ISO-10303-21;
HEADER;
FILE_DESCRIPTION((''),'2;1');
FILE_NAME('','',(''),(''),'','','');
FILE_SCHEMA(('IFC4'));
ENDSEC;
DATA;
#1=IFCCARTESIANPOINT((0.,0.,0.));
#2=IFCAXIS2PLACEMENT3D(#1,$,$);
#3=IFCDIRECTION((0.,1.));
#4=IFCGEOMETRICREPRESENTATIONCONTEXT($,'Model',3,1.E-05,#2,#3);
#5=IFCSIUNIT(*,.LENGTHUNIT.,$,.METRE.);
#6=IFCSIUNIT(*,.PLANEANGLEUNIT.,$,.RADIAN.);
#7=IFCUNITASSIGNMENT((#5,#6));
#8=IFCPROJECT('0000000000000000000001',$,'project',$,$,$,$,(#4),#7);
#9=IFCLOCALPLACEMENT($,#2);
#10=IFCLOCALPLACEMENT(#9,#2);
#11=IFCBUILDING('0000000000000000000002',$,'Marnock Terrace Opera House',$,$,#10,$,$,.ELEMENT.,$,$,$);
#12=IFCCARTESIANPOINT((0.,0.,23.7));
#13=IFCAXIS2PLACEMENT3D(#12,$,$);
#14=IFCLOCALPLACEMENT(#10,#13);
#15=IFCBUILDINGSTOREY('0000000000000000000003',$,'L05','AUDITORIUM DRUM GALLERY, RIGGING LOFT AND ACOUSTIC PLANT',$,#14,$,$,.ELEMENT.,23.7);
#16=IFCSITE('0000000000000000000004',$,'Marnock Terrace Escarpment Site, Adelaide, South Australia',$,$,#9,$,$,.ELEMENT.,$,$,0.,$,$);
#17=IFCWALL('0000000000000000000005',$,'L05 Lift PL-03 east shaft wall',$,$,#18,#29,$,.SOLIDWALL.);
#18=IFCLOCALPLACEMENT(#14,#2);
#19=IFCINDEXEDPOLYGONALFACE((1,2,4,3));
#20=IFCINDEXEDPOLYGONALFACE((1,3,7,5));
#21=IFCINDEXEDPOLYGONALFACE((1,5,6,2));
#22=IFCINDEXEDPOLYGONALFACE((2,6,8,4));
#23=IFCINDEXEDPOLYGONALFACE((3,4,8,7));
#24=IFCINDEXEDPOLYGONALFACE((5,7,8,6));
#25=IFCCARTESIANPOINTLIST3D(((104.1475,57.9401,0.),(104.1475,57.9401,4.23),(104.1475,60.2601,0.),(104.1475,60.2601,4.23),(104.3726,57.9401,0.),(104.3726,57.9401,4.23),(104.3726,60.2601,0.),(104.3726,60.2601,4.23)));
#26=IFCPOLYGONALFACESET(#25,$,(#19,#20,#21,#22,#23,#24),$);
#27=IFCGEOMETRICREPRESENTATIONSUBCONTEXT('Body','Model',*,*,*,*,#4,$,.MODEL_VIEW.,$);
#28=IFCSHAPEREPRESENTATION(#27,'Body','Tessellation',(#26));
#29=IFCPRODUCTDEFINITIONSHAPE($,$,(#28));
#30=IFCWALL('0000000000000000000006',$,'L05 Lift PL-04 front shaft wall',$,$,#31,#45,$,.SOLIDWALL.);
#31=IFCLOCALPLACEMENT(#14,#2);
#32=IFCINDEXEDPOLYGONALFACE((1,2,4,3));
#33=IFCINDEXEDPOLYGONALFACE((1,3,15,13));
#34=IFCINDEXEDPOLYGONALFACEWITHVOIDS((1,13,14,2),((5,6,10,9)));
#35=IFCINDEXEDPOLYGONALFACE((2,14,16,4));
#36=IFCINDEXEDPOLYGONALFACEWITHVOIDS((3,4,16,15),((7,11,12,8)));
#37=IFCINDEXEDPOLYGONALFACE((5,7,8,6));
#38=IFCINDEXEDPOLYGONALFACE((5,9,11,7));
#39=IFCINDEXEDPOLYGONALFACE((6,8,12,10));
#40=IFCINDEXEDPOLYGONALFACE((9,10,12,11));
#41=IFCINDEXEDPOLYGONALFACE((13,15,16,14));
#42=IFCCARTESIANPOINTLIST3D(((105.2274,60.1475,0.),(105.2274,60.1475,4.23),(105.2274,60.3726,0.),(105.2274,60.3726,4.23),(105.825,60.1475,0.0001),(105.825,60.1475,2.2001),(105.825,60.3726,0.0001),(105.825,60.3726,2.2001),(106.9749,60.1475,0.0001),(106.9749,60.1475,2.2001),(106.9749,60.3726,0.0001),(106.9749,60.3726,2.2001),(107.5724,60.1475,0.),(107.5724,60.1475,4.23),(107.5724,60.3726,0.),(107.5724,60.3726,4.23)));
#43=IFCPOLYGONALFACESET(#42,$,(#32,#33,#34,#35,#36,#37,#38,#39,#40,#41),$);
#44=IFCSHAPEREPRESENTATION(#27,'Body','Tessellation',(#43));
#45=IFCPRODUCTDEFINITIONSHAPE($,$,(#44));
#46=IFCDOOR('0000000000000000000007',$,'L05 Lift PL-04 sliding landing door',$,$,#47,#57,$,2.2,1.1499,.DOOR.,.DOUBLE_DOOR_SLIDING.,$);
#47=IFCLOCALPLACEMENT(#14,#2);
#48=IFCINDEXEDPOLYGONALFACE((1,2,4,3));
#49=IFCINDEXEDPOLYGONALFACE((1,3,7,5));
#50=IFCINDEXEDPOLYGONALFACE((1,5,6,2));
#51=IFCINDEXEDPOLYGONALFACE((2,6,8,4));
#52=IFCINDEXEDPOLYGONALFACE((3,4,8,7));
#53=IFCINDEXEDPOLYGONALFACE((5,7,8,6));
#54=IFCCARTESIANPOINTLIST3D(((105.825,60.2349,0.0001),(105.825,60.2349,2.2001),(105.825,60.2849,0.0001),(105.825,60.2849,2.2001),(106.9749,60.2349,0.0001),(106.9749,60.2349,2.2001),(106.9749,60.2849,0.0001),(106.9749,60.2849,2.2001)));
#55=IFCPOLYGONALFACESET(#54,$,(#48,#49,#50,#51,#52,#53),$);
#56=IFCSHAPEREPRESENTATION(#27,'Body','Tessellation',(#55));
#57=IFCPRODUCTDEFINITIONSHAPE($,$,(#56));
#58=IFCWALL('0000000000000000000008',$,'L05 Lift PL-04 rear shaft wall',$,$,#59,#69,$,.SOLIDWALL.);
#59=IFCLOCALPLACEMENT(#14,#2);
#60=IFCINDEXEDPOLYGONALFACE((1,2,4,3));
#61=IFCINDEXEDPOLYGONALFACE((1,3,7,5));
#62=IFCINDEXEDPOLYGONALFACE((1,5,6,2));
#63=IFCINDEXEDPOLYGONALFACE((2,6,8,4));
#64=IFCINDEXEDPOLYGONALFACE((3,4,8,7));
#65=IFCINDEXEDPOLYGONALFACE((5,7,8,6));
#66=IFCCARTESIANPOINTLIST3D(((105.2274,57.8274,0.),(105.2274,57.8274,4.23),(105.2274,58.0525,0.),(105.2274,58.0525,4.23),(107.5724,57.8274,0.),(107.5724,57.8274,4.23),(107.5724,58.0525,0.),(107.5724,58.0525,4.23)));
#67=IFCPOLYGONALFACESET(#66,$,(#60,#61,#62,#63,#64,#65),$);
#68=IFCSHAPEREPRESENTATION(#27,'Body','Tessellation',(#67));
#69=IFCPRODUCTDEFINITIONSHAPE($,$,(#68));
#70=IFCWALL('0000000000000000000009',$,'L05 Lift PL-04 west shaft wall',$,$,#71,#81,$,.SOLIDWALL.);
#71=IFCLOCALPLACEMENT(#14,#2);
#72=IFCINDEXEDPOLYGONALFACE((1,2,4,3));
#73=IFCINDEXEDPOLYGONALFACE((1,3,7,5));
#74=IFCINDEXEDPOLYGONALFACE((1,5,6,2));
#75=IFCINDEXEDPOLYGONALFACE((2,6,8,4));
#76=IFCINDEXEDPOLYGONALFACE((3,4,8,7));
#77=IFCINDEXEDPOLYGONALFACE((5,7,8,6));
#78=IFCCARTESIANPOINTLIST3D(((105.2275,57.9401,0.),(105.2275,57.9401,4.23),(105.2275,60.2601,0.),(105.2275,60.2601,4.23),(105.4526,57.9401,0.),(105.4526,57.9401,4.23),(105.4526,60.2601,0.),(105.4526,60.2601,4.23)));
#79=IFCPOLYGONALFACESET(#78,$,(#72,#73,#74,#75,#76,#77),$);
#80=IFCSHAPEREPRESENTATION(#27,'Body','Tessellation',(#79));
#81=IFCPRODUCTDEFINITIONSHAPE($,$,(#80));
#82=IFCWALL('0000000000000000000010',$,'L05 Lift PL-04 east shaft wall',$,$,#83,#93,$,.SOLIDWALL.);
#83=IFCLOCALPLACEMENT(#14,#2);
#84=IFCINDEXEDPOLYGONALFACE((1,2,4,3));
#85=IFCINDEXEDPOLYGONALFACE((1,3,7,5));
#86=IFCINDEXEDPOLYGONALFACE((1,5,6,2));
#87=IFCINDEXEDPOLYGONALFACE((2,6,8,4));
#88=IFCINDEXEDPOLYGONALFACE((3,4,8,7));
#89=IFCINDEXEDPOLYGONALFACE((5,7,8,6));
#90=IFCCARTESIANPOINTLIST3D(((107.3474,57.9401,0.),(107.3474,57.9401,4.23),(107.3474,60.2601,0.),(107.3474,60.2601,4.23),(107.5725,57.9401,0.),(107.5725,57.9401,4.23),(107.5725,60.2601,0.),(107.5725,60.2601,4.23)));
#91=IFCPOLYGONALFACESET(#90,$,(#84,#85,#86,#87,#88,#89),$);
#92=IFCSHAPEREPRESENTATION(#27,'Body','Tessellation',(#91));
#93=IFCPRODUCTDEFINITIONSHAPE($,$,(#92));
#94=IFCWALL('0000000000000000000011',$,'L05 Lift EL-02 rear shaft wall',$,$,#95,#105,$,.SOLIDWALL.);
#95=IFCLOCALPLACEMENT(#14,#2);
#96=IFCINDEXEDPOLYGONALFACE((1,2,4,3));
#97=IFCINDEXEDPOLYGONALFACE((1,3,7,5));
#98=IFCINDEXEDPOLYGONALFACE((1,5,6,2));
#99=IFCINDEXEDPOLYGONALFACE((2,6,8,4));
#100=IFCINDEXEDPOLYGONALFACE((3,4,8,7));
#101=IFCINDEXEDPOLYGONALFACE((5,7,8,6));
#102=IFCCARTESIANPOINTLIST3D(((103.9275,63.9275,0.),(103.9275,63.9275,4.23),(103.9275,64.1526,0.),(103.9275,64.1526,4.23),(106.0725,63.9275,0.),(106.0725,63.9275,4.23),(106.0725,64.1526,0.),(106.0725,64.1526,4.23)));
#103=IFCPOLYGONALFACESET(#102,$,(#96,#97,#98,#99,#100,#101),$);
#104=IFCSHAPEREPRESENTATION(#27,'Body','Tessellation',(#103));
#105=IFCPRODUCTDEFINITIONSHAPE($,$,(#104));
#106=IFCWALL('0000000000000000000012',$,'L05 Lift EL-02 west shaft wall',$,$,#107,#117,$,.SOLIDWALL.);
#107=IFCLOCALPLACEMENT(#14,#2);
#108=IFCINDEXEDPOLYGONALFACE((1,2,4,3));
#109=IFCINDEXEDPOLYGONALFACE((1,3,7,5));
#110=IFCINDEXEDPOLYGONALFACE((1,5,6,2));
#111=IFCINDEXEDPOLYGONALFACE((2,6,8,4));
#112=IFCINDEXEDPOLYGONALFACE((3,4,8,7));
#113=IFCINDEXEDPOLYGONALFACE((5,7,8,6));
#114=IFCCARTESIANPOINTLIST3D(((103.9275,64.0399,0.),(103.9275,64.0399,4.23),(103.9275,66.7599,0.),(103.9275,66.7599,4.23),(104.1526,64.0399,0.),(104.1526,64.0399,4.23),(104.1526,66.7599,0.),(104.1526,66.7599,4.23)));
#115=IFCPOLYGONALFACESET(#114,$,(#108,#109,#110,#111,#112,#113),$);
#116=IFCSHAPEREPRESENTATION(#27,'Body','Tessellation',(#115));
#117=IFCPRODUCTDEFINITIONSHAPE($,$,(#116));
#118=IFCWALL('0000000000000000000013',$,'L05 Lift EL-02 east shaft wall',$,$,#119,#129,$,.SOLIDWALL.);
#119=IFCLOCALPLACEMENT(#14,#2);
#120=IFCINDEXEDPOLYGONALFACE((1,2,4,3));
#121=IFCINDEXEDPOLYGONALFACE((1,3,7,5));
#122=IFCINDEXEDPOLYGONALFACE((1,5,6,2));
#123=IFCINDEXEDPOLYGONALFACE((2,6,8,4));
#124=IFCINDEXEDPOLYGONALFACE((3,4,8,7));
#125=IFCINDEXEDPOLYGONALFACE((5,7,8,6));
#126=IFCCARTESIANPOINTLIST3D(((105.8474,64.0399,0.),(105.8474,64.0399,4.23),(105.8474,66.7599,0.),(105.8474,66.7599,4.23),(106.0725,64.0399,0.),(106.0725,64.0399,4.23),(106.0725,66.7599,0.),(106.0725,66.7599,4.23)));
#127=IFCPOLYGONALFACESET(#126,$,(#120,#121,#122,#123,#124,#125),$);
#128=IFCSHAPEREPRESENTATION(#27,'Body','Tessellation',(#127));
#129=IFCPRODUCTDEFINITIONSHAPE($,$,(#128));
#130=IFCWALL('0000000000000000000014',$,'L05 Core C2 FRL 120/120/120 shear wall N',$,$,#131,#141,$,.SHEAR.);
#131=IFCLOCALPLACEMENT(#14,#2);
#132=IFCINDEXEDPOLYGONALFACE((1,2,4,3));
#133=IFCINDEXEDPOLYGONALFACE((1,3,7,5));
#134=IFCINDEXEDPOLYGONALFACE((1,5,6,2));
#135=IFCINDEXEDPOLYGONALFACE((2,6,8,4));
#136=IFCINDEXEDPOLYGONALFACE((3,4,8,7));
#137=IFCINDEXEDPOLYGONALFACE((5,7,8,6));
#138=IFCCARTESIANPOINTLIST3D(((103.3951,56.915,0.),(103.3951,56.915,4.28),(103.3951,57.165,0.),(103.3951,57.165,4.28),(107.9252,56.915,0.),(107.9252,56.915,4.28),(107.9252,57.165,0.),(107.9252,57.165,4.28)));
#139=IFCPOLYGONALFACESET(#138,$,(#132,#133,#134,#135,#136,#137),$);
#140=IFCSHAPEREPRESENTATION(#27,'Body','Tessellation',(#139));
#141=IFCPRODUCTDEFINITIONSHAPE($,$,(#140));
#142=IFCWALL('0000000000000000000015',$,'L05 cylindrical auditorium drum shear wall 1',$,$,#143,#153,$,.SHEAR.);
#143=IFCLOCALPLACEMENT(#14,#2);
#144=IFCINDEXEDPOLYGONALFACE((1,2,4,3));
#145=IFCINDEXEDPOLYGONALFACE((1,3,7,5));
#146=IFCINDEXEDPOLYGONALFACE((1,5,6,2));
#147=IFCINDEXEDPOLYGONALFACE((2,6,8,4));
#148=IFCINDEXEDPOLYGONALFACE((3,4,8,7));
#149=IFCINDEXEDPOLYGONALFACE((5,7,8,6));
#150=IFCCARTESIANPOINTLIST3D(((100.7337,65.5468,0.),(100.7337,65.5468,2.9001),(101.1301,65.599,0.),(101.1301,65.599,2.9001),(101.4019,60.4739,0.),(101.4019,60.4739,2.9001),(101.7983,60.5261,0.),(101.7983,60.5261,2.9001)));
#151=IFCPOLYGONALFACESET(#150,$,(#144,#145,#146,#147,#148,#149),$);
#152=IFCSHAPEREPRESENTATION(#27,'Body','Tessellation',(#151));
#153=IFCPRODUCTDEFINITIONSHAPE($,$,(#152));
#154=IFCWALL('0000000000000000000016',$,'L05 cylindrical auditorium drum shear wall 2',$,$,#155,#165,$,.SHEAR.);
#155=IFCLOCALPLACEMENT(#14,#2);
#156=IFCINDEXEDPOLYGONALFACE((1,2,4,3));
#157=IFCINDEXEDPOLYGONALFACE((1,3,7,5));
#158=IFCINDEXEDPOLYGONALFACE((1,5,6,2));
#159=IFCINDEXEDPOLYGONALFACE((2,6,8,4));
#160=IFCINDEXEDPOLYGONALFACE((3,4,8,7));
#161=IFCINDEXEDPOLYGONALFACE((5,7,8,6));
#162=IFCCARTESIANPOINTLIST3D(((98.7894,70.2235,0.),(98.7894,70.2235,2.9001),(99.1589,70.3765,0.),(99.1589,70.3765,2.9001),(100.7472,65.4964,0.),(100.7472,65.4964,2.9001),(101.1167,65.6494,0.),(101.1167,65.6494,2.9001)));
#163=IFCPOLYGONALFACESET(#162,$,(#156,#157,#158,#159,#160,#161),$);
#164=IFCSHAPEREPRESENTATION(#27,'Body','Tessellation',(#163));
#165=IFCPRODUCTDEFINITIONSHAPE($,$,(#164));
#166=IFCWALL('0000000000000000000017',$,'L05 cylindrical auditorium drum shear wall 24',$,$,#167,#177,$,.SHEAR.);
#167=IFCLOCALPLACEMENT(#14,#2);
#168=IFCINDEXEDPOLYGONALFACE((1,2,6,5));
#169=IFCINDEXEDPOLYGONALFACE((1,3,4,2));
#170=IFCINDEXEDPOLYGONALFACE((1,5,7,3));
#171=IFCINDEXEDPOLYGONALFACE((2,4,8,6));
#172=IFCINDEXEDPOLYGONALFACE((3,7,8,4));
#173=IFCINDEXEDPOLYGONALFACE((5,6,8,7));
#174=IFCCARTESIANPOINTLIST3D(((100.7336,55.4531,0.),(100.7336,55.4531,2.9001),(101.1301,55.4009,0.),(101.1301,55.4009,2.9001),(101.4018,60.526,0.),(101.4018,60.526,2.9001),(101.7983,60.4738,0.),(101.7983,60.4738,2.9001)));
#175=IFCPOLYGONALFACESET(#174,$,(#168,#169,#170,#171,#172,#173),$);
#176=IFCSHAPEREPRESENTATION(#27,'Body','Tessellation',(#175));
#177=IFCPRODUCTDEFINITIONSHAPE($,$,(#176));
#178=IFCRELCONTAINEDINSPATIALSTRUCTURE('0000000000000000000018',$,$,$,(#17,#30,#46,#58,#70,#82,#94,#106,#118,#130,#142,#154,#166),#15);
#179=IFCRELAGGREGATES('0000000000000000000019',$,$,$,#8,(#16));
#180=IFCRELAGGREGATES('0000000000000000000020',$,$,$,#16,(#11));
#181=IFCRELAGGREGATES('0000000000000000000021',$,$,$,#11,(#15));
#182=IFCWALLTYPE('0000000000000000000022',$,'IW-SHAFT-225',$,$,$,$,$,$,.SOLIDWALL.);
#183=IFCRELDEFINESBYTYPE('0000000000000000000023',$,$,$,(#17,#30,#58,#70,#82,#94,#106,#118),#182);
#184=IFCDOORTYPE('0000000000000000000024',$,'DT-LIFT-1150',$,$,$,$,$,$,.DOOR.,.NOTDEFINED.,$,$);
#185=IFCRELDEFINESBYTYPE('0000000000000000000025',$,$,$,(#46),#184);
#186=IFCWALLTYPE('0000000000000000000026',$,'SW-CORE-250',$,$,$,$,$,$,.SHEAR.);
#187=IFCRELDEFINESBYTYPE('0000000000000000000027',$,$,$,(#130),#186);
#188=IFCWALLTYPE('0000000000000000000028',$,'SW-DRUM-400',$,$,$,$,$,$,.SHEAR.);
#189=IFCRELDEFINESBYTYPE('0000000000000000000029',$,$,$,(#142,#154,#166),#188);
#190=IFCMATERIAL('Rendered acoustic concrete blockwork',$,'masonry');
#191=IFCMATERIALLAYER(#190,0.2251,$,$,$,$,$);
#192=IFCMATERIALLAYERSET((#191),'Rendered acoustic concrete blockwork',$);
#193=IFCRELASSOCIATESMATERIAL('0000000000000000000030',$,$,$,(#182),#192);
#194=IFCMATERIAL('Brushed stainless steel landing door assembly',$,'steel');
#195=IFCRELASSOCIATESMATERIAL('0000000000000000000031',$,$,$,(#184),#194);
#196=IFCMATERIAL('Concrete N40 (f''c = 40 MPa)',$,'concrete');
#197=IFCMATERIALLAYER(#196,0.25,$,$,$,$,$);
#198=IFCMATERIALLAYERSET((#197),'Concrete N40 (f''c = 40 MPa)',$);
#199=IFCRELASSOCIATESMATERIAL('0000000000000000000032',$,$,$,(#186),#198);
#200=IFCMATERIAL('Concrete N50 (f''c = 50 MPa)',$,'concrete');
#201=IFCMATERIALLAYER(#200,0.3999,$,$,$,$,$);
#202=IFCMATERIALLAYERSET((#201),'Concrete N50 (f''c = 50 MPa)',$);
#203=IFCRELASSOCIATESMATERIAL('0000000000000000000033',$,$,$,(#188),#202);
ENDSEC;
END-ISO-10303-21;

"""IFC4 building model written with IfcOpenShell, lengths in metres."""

from ifc_helpers import new_model, si_unit, direction, frame, frame_2d, origin, place, context, subcontext, project, spatial, rectangle, extrude, material, layer, layer_set, type_object, element, fill, save


model = new_model("IFC4")

# Units and contexts
model_context = context("Model", 3, precision=1e-05, world=origin(), true_north=direction((0.0, 1.0)))
body_context = subcontext(model_context, "Body", "Model", "MODEL_VIEW")
ifc_project = project(units=[si_unit("LENGTHUNIT", "METRE"), si_unit("PLANEANGLEUNIT", "RADIAN")], contexts=[model_context])

# Site, building, storey
site_placement = place(None, origin())
site = spatial("IfcSite", under=ifc_project, at=site_placement, Name="Marnock Terrace Escarpment Site, Adelaide, South Australia", CompositionType="ELEMENT", RefElevation=0.0)
building_placement = place(site_placement, origin())
building = spatial("IfcBuilding", under=site, at=building_placement, Name="Marnock Terrace Opera House", CompositionType="ELEMENT")
storey_placement = place(building_placement, frame((0.0, 0.0, 23.7)))
storey = spatial("IfcBuildingStorey", under=building, at=storey_placement, Name="L05", Description="AUDITORIUM DRUM GALLERY, RIGGING LOFT AND ACOUSTIC PLANT", CompositionType="ELEMENT", Elevation=23.7)

# Shared definitions
ifc_material_1 = material(Name="Concrete N50 (f'c = 50 MPa)", Category="concrete")

# Shared definitions
ifc_material_2 = material(Name="Rendered acoustic concrete blockwork", Category="masonry")
ifc_layer_1 = layer(ifc_material_2, 0.2251)
ifc_layer_set_1 = layer_set([ifc_layer_1], Name="Rendered acoustic concrete blockwork")
wall_type_1 = type_object("IfcWallType", Name="IW-SHAFT-225", PredefinedType="SOLIDWALL", material=ifc_layer_set_1)
ifc_material_3 = material(Name="Brushed stainless steel landing door assembly", Category="steel")
door_type_1 = type_object("IfcDoorType", Name="DT-LIFT-1150", OperationType="NOTDEFINED", PredefinedType="DOOR", material=ifc_material_3)

# Wall
wall_1_placement = place(storey_placement, frame((104.26, 57.9399, 0.0), z_axis=(0.0, 0.0, 1.0), x_axis=(0.0, 1.0, 0.0)))
element("IfcWall", 1, at=wall_1_placement, inside=storey, type_object=wall_type_1, Name="L05 Lift PL-03 east shaft wall", PredefinedType="SOLIDWALL", context=body_context, shape_type="SweptSolid", body=[
    extrude(rectangle(XDim=2.3201, YDim=0.2251, at=frame_2d((1.1602, 0.0))), origin(), (0.0, 0.0, 1.0), 4.23),
])

# Wall, opening, door
wall_2_placement = place(storey_placement, frame((105.2275, 60.26, 0.0), z_axis=(0.0, 0.0, 1.0), x_axis=(1.0, 0.0, 0.0)))
wall_2 = element("IfcWall", 2, at=wall_2_placement, inside=storey, type_object=wall_type_1, Name="L05 Lift PL-04 front shaft wall", PredefinedType="SOLIDWALL", context=body_context, shape_type="SweptSolid", body=[
    extrude(rectangle(XDim=2.345, YDim=0.2251, at=frame_2d((1.1724, 0.0))), origin(), (0.0, 0.0, 1.0), 4.23),
])
opening_1_placement = place(wall_2_placement, frame((0.5974, 0.0, 0.0)))
opening_1 = element("IfcOpeningElement", 3, at=opening_1_placement, cuts=wall_2, PredefinedType="OPENING", context=body_context, shape_type="SweptSolid", body=[
    extrude(rectangle(XDim=1.1499, YDim=2.2, at=frame_2d((0.575, 1.1001))), frame((0.0, 0.1226, 0.0), z_axis=(0.0, -1.0, 0.0), x_axis=(1.0, 0.0, 0.0)), (0.0, 0.0, 1.0), 0.2451),
])
door_1_placement = place(opening_1_placement, origin())
door_1 = element("IfcDoor", 4, at=door_1_placement, inside=storey, type_object=door_type_1, Name="L05 Lift PL-04 sliding landing door", OperationType="DOUBLE_DOOR_SLIDING", OverallHeight=2.2, OverallWidth=1.1499, PredefinedType="DOOR", context=body_context, shape_type="SweptSolid", body=[
    extrude(rectangle(XDim=1.1499, YDim=2.2, at=frame_2d((0.575, 1.1001))), frame((0.0, 0.0249, 0.0), z_axis=(0.0, -1.0, 0.0), x_axis=(1.0, 0.0, 0.0)), (0.0, 0.0, 1.0), 0.05),
])
fill(opening_1, door_1)

# Walls
wall_3_placement = place(storey_placement, frame((105.2275, 57.9399, 0.0), z_axis=(0.0, 0.0, 1.0), x_axis=(1.0, 0.0, 0.0)))
element("IfcWall", 5, at=wall_3_placement, inside=storey, type_object=wall_type_1, Name="L05 Lift PL-04 rear shaft wall", PredefinedType="SOLIDWALL", context=body_context, shape_type="SweptSolid", body=[
    extrude(rectangle(XDim=2.345, YDim=0.2251, at=frame_2d((1.1724, 0.0))), origin(), (0.0, 0.0, 1.0), 4.23),
])
for number, where, z_axis, x_axis, name in (
    (6, (105.3401, 57.9399, 0.0), (0.0, 0.0, 1.0), (0.0, 1.0, 0.0), "L05 Lift PL-04 west shaft wall"),
    (7, (107.46, 57.9399, 0.0), (0.0, 0.0, 1.0), (0.0, 1.0, 0.0), "L05 Lift PL-04 east shaft wall"),
):
    element("IfcWall", number, at=place(storey_placement, frame(where, z_axis=z_axis, x_axis=x_axis)), inside=storey, type_object=wall_type_1, Name=name, PredefinedType="SOLIDWALL", context=body_context, shape_type="SweptSolid", body=[
        extrude(rectangle(XDim=2.3201, YDim=0.2251, at=frame_2d((1.1602, 0.0))), origin(), (0.0, 0.0, 1.0), 4.23),
    ])
wall_4_placement = place(storey_placement, frame((103.9275, 64.04, 0.0), z_axis=(0.0, 0.0, 1.0), x_axis=(1.0, 0.0, 0.0)))
element("IfcWall", 8, at=wall_4_placement, inside=storey, type_object=wall_type_1, Name="L05 Lift EL-02 rear shaft wall", PredefinedType="SOLIDWALL", context=body_context, shape_type="SweptSolid", body=[
    extrude(rectangle(XDim=2.145, YDim=0.2251, at=frame_2d((1.0725, 0.0))), origin(), (0.0, 0.0, 1.0), 4.23),
])
for number, where, z_axis, x_axis, name in (
    (9, (104.04, 64.04, 0.0), (0.0, 0.0, 1.0), (0.0, 1.0, 0.0), "L05 Lift EL-02 west shaft wall"),
    (10, (105.96, 64.04, 0.0), (0.0, 0.0, 1.0), (0.0, 1.0, 0.0), "L05 Lift EL-02 east shaft wall"),
):
    element("IfcWall", number, at=place(storey_placement, frame(where, z_axis=z_axis, x_axis=x_axis)), inside=storey, type_object=wall_type_1, Name=name, PredefinedType="SOLIDWALL", context=body_context, shape_type="SweptSolid", body=[
        extrude(rectangle(XDim=2.72, YDim=0.2251, at=frame_2d((1.3599, 0.0))), origin(), (0.0, 0.0, 1.0), 4.23),
    ])
ifc_material_4 = material(Name="Concrete N40 (f'c = 40 MPa)", Category="concrete")
ifc_layer_2 = layer(ifc_material_4, 0.25)
ifc_layer_set_2 = layer_set([ifc_layer_2], Name="Concrete N40 (f'c = 40 MPa)")
wall_type_2 = type_object("IfcWallType", Name="SW-CORE-250", PredefinedType="SHEAR", material=ifc_layer_set_2)
wall_5_placement = place(storey_placement, frame((103.395, 57.04, 0.0), z_axis=(0.0, 0.0, 1.0), x_axis=(1.0, 0.0, 0.0)))
element("IfcWall", 11, at=wall_5_placement, inside=storey, type_object=wall_type_2, Name="L05 Core C2 FRL 120/120/120 shear wall N", PredefinedType="SHEAR", context=body_context, shape_type="SweptSolid", body=[
    extrude(rectangle(XDim=4.53, YDim=0.25, at=frame_2d((2.2651, 0.0))), origin(), (0.0, 0.0, 1.0), 4.28),
])
ifc_layer_3 = layer(ifc_material_1, 0.3999)
ifc_layer_set_3 = layer_set([ifc_layer_3], Name="Concrete N50 (f'c = 50 MPa)")
wall_type_3 = type_object("IfcWallType", Name="SW-DRUM-400", PredefinedType="SHEAR", material=ifc_layer_set_3)
wall_6_placement = place(storey_placement, frame((101.6001, 60.5, 0.0), z_axis=(0.0, 0.0, 1.0), x_axis=(-0.130592, 0.991436, 0.0)))
element("IfcWall", 12, at=wall_6_placement, inside=storey, type_object=wall_type_3, Name="L05 cylindrical auditorium drum shear wall 1", PredefinedType="SHEAR", context=body_context, shape_type="SweptSolid", body=[
    extrude(rectangle(XDim=5.1167, YDim=0.3999, at=frame_2d((2.5583, 0.0))), origin(), (0.0, 0.0, 1.0), 2.9001),
])
wall_7_placement = place(storey_placement, frame((100.9319, 65.573, 0.0), z_axis=(0.0, 0.0, 1.0), x_axis=(-0.382643, 0.923896, 0.0)))
element("IfcWall", 13, at=wall_7_placement, inside=storey, type_object=wall_type_3, Name="L05 cylindrical auditorium drum shear wall 2", PredefinedType="SHEAR", context=body_context, shape_type="SweptSolid", body=[
    extrude(rectangle(XDim=5.1165, YDim=0.3999, at=frame_2d((2.5581, 0.0))), origin(), (0.0, 0.0, 1.0), 2.9001),
])
wall_8_placement = place(storey_placement, frame((100.9319, 55.427, 0.0), z_axis=(0.0, 0.0, 1.0), x_axis=(0.130592, 0.991436, 0.0)))
element("IfcWall", 14, at=wall_8_placement, inside=storey, type_object=wall_type_3, Name="L05 cylindrical auditorium drum shear wall 24", PredefinedType="SHEAR", context=body_context, shape_type="SweptSolid", body=[
    extrude(rectangle(XDim=5.1167, YDim=0.3999, at=frame_2d((2.5583, 0.0))), origin(), (0.0, 0.0, 1.0), 2.9001),
])

save(model, "model.ifc")
